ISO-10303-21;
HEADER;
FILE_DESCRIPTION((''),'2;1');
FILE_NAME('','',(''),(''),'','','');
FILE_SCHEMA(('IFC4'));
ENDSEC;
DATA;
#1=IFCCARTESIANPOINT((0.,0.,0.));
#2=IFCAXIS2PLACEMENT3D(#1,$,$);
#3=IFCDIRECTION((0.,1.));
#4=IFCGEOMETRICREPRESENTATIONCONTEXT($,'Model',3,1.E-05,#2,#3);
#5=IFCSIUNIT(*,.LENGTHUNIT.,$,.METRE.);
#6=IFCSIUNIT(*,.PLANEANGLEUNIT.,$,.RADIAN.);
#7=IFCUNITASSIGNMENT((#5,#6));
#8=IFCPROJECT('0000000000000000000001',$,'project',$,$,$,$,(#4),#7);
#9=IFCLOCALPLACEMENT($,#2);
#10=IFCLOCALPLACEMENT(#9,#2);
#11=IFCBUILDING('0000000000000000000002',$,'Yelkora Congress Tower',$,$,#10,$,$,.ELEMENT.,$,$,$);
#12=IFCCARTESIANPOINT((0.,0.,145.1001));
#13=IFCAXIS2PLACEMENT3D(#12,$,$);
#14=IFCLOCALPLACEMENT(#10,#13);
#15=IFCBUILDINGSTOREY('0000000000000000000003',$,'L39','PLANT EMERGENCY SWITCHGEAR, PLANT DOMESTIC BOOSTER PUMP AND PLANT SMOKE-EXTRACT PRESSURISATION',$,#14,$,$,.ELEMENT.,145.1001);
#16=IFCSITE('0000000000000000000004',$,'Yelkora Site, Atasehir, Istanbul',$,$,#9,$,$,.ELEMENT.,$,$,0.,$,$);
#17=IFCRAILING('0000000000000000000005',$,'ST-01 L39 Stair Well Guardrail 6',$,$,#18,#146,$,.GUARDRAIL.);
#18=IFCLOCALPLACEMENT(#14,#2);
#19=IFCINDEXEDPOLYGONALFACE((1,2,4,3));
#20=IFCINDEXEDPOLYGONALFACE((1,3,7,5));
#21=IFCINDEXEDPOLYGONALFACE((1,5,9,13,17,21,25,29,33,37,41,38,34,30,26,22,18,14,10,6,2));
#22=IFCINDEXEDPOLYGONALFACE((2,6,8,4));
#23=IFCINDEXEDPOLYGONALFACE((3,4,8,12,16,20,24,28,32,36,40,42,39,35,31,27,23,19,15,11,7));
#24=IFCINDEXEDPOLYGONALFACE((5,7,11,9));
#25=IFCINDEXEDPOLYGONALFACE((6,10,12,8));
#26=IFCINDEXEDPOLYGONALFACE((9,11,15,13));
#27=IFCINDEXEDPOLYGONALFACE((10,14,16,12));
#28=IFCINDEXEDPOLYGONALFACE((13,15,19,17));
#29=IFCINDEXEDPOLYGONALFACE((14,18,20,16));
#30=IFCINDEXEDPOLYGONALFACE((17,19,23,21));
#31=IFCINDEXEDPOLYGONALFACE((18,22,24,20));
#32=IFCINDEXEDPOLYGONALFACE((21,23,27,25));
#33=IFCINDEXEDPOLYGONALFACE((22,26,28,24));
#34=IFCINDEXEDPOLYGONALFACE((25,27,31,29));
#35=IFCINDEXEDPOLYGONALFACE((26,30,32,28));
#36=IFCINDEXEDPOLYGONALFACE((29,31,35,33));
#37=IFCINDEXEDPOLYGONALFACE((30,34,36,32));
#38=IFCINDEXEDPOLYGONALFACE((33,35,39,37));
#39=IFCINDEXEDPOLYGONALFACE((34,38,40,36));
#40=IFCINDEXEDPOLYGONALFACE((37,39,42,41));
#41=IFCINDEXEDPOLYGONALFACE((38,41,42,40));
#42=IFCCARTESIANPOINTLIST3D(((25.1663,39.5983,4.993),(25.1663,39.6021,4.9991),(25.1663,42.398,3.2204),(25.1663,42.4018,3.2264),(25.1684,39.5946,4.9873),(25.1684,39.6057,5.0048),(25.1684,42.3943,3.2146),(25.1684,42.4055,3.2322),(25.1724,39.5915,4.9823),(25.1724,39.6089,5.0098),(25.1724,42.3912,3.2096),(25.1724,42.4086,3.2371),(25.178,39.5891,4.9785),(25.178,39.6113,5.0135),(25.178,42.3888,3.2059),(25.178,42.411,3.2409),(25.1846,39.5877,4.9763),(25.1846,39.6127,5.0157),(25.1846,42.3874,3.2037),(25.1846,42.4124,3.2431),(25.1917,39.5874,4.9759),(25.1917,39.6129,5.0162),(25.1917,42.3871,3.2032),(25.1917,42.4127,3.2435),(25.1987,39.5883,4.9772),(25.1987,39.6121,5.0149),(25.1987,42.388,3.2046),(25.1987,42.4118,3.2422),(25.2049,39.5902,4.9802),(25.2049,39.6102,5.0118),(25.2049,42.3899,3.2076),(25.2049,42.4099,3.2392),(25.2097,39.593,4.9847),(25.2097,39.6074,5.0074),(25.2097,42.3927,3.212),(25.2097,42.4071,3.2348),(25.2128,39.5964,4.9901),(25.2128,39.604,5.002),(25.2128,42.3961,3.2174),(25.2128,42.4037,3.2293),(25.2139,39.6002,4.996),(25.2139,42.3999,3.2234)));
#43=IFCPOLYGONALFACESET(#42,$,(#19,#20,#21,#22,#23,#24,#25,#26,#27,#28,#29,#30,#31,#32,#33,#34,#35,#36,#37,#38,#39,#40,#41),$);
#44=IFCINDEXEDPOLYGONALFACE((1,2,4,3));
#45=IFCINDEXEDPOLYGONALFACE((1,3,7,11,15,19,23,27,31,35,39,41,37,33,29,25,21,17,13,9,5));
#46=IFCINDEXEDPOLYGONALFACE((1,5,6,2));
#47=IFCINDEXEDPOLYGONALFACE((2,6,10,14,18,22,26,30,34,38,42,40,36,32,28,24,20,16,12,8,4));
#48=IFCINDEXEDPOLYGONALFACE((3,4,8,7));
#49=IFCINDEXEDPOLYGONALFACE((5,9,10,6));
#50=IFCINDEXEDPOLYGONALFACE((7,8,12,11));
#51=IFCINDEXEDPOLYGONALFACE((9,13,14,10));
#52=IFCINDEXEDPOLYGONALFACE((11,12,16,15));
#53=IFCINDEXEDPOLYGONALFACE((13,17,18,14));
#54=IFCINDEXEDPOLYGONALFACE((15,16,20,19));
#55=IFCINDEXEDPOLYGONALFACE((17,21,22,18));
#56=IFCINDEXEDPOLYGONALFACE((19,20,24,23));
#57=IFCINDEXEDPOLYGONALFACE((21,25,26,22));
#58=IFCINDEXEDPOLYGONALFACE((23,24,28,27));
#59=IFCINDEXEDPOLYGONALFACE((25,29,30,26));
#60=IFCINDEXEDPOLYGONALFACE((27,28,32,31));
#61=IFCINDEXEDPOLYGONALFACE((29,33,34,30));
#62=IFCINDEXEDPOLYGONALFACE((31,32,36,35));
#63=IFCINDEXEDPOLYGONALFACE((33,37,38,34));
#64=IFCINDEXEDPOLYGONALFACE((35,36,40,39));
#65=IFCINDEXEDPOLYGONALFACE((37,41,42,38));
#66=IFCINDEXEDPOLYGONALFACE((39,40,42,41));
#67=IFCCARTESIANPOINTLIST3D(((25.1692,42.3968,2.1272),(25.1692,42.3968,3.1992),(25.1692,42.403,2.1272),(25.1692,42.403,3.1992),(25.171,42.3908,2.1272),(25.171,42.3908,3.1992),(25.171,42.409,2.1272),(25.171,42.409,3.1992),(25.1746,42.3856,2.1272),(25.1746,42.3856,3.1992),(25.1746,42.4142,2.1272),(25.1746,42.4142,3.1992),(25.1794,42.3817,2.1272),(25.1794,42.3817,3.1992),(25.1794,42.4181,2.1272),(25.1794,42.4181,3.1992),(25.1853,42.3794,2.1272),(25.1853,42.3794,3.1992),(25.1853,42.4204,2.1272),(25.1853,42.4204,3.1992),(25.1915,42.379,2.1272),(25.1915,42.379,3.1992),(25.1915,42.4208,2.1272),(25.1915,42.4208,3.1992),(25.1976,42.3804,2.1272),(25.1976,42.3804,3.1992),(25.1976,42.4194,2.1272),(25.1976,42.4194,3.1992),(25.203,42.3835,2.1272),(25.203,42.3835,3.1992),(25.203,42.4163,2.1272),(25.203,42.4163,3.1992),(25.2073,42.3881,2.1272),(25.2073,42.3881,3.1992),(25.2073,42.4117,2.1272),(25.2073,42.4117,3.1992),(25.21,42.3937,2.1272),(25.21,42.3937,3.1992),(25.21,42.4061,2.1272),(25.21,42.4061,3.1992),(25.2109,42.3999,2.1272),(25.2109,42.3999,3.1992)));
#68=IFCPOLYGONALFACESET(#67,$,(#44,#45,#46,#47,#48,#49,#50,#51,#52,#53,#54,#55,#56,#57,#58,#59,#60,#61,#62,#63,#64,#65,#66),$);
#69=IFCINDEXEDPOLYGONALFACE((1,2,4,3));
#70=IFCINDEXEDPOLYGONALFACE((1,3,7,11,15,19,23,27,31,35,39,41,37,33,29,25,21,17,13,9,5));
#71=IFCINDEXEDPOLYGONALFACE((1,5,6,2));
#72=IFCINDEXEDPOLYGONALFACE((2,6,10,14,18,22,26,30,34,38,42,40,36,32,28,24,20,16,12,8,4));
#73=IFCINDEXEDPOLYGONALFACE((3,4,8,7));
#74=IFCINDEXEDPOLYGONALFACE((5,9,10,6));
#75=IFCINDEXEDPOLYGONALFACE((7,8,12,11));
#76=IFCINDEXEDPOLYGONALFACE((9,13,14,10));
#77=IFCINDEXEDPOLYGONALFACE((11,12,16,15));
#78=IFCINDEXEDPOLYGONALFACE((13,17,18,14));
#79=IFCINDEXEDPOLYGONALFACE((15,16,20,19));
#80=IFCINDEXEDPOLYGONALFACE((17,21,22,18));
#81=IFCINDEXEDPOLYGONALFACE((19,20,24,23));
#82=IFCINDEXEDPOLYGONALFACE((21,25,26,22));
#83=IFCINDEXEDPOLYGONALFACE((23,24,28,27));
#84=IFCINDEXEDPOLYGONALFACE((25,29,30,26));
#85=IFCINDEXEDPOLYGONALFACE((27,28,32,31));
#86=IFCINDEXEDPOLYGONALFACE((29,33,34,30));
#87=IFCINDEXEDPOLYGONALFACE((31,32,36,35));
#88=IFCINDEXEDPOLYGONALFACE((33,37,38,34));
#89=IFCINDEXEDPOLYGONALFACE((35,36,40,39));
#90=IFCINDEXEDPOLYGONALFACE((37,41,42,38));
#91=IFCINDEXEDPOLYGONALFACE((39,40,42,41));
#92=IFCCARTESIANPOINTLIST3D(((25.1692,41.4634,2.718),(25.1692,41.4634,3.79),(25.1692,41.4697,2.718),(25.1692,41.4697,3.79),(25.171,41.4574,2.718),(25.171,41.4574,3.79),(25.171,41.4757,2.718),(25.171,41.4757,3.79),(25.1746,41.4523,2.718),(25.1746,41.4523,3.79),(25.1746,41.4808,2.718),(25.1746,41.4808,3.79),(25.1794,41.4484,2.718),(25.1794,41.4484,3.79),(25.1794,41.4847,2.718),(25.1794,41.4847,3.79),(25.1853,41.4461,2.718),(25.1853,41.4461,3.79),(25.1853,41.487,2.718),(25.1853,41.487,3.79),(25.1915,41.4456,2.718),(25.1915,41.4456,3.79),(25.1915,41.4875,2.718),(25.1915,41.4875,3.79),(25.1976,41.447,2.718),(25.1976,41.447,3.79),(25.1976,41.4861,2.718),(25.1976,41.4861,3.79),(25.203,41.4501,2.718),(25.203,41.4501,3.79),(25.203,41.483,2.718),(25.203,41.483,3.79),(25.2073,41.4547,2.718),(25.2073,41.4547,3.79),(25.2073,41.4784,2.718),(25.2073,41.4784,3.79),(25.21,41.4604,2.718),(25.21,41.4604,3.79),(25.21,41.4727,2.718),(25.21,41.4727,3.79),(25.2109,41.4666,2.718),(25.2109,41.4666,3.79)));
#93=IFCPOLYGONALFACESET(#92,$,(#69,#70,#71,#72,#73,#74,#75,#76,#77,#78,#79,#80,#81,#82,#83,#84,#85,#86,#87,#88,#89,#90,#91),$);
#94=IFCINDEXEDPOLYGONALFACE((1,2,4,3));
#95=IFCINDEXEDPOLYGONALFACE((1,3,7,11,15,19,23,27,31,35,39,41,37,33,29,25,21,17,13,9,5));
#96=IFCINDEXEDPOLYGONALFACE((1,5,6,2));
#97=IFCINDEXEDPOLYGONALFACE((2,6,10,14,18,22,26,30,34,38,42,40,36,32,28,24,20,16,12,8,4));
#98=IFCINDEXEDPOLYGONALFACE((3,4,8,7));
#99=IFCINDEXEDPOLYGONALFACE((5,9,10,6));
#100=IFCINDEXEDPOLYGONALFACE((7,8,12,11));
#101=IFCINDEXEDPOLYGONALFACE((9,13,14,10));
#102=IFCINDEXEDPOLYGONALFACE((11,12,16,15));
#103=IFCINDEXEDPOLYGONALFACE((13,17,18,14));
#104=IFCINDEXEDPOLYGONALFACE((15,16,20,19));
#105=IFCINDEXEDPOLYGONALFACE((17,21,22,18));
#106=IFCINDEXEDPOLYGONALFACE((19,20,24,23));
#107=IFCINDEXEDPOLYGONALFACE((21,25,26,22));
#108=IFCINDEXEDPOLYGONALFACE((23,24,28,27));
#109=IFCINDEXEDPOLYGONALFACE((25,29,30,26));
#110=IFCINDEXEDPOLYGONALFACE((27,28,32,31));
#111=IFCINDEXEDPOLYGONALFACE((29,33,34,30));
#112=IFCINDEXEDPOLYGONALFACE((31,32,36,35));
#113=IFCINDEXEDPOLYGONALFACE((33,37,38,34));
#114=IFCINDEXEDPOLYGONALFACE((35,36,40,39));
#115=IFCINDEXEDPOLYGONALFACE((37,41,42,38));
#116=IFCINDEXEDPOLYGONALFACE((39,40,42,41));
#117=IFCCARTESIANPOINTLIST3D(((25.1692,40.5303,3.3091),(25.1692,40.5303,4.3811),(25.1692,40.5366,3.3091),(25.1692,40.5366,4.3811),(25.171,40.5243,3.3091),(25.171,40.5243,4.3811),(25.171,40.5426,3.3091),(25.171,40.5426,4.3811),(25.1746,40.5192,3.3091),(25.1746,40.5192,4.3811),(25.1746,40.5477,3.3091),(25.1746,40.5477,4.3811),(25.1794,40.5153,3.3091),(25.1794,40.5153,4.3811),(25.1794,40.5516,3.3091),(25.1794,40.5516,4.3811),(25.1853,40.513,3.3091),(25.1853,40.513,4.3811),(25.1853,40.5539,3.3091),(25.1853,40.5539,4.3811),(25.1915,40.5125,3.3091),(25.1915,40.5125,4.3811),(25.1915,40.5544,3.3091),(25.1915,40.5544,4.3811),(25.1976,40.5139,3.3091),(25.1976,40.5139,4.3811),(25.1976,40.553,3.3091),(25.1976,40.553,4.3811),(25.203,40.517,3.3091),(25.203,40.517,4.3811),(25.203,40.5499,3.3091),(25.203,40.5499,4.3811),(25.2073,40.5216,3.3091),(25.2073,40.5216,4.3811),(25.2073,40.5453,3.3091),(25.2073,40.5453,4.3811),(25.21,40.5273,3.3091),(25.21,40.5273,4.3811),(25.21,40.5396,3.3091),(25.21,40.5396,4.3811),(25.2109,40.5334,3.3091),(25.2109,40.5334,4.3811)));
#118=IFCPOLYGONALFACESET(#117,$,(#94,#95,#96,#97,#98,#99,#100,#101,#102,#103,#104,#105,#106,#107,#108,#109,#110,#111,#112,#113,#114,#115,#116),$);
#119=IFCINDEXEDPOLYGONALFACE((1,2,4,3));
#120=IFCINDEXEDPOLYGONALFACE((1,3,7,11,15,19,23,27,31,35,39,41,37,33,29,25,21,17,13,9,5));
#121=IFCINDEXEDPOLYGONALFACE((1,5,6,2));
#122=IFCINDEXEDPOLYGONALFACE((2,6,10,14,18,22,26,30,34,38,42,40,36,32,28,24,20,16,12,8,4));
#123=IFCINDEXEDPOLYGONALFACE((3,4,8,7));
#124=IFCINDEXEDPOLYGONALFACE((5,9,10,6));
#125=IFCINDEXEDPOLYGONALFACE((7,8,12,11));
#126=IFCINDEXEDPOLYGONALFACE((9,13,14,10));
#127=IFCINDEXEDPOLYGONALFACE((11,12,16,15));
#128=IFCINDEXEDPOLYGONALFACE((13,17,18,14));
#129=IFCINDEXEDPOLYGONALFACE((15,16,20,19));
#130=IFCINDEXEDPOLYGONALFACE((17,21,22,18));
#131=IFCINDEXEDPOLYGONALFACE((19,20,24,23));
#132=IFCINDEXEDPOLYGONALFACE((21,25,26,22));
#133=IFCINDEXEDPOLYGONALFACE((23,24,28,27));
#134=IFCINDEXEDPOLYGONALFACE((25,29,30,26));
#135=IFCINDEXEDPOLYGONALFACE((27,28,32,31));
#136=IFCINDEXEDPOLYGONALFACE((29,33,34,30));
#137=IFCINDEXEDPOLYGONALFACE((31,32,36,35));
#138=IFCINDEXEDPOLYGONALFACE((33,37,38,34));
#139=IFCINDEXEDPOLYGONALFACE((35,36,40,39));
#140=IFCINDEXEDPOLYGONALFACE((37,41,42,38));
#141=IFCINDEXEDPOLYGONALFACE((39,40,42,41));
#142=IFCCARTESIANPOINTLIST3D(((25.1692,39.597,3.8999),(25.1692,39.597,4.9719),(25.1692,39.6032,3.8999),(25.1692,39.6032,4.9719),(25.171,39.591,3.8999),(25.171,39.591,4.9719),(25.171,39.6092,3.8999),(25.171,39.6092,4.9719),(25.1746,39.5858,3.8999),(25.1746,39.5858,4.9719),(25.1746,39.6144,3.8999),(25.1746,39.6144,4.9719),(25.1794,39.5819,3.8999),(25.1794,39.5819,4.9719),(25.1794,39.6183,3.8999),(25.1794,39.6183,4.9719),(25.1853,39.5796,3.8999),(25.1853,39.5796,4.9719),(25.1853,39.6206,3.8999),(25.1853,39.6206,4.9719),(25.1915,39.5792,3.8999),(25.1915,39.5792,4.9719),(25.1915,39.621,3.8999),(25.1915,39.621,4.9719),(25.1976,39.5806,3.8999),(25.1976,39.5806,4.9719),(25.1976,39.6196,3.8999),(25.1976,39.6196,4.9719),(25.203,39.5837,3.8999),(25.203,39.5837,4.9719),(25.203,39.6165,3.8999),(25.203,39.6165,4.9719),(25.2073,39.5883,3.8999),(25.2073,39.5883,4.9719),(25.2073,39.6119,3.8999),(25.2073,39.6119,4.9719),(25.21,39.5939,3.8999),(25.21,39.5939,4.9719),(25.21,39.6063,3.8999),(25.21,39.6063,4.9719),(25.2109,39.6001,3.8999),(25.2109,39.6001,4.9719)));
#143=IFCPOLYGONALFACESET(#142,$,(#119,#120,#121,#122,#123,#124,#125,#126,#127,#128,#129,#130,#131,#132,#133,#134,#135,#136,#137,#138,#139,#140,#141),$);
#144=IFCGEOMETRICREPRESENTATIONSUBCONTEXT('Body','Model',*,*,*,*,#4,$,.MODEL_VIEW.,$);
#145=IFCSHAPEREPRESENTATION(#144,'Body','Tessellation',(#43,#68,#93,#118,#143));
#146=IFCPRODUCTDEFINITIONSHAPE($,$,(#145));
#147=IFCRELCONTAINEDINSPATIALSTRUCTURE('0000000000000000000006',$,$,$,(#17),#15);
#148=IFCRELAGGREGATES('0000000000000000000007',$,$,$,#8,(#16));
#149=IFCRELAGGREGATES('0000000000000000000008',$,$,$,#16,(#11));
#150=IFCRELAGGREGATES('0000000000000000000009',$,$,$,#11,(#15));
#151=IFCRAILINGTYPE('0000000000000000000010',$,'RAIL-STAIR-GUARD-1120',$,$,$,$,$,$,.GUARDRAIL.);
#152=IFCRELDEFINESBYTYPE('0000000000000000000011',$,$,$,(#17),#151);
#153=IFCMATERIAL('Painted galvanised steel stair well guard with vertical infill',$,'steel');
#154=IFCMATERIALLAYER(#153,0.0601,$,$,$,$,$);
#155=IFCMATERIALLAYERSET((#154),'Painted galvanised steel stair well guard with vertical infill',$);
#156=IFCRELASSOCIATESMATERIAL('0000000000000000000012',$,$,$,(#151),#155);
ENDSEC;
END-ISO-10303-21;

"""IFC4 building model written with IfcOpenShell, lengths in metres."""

from ifc_helpers import new_model, si_unit, direction, frame, origin, origin_2d, place, context, subcontext, project, spatial, circle, extrude, material, layer, layer_set, type_object, element, save


model = new_model("IFC4")

# Units and contexts
model_context = context("Model", 3, precision=1e-05, world=origin(), true_north=direction((0.0, 1.0)))
body_context = subcontext(model_context, "Body", "Model", "MODEL_VIEW")
ifc_project = project(units=[si_unit("LENGTHUNIT", "METRE"), si_unit("PLANEANGLEUNIT", "RADIAN")], contexts=[model_context])

# Site, building, storey
site_placement = place(None, origin())
site = spatial("IfcSite", under=ifc_project, at=site_placement, Name="Yelkora Site, Atasehir, Istanbul", CompositionType="ELEMENT", RefElevation=0.0)
building_placement = place(site_placement, origin())
building = spatial("IfcBuilding", under=site, at=building_placement, Name="Yelkora Congress Tower", CompositionType="ELEMENT")
storey_placement = place(building_placement, frame((0.0, 0.0, 145.1001)))
storey = spatial("IfcBuildingStorey", under=building, at=storey_placement, Name="L39", Description="PLANT EMERGENCY SWITCHGEAR, PLANT DOMESTIC BOOSTER PUMP AND PLANT SMOKE-EXTRACT PRESSURISATION", CompositionType="ELEMENT", Elevation=145.1001)

# Railing
ifc_material_1 = material(Name="Painted galvanised steel stair well guard with vertical infill", Category="steel")
ifc_layer_1 = layer(ifc_material_1, 0.0601)
ifc_layer_set_1 = layer_set([ifc_layer_1], Name="Painted galvanised steel stair well guard with vertical infill")
railing_type_1 = type_object("IfcRailingType", Name="RAIL-STAIR-GUARD-1120", PredefinedType="GUARDRAIL", material=ifc_layer_set_1)
railing_1_placement = place(storey_placement, frame((25.1899, 42.3999, 2.1272)))
element("IfcRailing", 1, at=railing_1_placement, inside=storey, type_object=railing_type_1, Name="ST-01 L39 Stair Well Guardrail 6", PredefinedType="GUARDRAIL", context=body_context, shape_type="SweptSolid", body=[
    extrude(circle(Radius=0.0239, at=origin_2d()), frame((0.0, 0.0, 1.0962), z_axis=(0.0, -0.844888, 0.534943), x_axis=(1.0, 0.0, 0.0)), (0.0, 0.0, 1.0), 3.3137),
    extrude(circle(Radius=0.021, at=origin_2d()), origin(), (0.0, 0.0, 1.0), 1.072),
    extrude(circle(Radius=0.021, at=origin_2d()), frame((0.0, -0.9333, 0.5908)), (0.0, 0.0, 1.0), 1.072),
    extrude(circle(Radius=0.021, at=origin_2d()), frame((0.0, -1.8665, 1.1819)), (0.0, 0.0, 1.0), 1.072),
    extrude(circle(Radius=0.021, at=origin_2d()), frame((0.0, -2.7998, 1.7727)), (0.0, 0.0, 1.0), 1.072),
])

save(model, "model.ifc")
